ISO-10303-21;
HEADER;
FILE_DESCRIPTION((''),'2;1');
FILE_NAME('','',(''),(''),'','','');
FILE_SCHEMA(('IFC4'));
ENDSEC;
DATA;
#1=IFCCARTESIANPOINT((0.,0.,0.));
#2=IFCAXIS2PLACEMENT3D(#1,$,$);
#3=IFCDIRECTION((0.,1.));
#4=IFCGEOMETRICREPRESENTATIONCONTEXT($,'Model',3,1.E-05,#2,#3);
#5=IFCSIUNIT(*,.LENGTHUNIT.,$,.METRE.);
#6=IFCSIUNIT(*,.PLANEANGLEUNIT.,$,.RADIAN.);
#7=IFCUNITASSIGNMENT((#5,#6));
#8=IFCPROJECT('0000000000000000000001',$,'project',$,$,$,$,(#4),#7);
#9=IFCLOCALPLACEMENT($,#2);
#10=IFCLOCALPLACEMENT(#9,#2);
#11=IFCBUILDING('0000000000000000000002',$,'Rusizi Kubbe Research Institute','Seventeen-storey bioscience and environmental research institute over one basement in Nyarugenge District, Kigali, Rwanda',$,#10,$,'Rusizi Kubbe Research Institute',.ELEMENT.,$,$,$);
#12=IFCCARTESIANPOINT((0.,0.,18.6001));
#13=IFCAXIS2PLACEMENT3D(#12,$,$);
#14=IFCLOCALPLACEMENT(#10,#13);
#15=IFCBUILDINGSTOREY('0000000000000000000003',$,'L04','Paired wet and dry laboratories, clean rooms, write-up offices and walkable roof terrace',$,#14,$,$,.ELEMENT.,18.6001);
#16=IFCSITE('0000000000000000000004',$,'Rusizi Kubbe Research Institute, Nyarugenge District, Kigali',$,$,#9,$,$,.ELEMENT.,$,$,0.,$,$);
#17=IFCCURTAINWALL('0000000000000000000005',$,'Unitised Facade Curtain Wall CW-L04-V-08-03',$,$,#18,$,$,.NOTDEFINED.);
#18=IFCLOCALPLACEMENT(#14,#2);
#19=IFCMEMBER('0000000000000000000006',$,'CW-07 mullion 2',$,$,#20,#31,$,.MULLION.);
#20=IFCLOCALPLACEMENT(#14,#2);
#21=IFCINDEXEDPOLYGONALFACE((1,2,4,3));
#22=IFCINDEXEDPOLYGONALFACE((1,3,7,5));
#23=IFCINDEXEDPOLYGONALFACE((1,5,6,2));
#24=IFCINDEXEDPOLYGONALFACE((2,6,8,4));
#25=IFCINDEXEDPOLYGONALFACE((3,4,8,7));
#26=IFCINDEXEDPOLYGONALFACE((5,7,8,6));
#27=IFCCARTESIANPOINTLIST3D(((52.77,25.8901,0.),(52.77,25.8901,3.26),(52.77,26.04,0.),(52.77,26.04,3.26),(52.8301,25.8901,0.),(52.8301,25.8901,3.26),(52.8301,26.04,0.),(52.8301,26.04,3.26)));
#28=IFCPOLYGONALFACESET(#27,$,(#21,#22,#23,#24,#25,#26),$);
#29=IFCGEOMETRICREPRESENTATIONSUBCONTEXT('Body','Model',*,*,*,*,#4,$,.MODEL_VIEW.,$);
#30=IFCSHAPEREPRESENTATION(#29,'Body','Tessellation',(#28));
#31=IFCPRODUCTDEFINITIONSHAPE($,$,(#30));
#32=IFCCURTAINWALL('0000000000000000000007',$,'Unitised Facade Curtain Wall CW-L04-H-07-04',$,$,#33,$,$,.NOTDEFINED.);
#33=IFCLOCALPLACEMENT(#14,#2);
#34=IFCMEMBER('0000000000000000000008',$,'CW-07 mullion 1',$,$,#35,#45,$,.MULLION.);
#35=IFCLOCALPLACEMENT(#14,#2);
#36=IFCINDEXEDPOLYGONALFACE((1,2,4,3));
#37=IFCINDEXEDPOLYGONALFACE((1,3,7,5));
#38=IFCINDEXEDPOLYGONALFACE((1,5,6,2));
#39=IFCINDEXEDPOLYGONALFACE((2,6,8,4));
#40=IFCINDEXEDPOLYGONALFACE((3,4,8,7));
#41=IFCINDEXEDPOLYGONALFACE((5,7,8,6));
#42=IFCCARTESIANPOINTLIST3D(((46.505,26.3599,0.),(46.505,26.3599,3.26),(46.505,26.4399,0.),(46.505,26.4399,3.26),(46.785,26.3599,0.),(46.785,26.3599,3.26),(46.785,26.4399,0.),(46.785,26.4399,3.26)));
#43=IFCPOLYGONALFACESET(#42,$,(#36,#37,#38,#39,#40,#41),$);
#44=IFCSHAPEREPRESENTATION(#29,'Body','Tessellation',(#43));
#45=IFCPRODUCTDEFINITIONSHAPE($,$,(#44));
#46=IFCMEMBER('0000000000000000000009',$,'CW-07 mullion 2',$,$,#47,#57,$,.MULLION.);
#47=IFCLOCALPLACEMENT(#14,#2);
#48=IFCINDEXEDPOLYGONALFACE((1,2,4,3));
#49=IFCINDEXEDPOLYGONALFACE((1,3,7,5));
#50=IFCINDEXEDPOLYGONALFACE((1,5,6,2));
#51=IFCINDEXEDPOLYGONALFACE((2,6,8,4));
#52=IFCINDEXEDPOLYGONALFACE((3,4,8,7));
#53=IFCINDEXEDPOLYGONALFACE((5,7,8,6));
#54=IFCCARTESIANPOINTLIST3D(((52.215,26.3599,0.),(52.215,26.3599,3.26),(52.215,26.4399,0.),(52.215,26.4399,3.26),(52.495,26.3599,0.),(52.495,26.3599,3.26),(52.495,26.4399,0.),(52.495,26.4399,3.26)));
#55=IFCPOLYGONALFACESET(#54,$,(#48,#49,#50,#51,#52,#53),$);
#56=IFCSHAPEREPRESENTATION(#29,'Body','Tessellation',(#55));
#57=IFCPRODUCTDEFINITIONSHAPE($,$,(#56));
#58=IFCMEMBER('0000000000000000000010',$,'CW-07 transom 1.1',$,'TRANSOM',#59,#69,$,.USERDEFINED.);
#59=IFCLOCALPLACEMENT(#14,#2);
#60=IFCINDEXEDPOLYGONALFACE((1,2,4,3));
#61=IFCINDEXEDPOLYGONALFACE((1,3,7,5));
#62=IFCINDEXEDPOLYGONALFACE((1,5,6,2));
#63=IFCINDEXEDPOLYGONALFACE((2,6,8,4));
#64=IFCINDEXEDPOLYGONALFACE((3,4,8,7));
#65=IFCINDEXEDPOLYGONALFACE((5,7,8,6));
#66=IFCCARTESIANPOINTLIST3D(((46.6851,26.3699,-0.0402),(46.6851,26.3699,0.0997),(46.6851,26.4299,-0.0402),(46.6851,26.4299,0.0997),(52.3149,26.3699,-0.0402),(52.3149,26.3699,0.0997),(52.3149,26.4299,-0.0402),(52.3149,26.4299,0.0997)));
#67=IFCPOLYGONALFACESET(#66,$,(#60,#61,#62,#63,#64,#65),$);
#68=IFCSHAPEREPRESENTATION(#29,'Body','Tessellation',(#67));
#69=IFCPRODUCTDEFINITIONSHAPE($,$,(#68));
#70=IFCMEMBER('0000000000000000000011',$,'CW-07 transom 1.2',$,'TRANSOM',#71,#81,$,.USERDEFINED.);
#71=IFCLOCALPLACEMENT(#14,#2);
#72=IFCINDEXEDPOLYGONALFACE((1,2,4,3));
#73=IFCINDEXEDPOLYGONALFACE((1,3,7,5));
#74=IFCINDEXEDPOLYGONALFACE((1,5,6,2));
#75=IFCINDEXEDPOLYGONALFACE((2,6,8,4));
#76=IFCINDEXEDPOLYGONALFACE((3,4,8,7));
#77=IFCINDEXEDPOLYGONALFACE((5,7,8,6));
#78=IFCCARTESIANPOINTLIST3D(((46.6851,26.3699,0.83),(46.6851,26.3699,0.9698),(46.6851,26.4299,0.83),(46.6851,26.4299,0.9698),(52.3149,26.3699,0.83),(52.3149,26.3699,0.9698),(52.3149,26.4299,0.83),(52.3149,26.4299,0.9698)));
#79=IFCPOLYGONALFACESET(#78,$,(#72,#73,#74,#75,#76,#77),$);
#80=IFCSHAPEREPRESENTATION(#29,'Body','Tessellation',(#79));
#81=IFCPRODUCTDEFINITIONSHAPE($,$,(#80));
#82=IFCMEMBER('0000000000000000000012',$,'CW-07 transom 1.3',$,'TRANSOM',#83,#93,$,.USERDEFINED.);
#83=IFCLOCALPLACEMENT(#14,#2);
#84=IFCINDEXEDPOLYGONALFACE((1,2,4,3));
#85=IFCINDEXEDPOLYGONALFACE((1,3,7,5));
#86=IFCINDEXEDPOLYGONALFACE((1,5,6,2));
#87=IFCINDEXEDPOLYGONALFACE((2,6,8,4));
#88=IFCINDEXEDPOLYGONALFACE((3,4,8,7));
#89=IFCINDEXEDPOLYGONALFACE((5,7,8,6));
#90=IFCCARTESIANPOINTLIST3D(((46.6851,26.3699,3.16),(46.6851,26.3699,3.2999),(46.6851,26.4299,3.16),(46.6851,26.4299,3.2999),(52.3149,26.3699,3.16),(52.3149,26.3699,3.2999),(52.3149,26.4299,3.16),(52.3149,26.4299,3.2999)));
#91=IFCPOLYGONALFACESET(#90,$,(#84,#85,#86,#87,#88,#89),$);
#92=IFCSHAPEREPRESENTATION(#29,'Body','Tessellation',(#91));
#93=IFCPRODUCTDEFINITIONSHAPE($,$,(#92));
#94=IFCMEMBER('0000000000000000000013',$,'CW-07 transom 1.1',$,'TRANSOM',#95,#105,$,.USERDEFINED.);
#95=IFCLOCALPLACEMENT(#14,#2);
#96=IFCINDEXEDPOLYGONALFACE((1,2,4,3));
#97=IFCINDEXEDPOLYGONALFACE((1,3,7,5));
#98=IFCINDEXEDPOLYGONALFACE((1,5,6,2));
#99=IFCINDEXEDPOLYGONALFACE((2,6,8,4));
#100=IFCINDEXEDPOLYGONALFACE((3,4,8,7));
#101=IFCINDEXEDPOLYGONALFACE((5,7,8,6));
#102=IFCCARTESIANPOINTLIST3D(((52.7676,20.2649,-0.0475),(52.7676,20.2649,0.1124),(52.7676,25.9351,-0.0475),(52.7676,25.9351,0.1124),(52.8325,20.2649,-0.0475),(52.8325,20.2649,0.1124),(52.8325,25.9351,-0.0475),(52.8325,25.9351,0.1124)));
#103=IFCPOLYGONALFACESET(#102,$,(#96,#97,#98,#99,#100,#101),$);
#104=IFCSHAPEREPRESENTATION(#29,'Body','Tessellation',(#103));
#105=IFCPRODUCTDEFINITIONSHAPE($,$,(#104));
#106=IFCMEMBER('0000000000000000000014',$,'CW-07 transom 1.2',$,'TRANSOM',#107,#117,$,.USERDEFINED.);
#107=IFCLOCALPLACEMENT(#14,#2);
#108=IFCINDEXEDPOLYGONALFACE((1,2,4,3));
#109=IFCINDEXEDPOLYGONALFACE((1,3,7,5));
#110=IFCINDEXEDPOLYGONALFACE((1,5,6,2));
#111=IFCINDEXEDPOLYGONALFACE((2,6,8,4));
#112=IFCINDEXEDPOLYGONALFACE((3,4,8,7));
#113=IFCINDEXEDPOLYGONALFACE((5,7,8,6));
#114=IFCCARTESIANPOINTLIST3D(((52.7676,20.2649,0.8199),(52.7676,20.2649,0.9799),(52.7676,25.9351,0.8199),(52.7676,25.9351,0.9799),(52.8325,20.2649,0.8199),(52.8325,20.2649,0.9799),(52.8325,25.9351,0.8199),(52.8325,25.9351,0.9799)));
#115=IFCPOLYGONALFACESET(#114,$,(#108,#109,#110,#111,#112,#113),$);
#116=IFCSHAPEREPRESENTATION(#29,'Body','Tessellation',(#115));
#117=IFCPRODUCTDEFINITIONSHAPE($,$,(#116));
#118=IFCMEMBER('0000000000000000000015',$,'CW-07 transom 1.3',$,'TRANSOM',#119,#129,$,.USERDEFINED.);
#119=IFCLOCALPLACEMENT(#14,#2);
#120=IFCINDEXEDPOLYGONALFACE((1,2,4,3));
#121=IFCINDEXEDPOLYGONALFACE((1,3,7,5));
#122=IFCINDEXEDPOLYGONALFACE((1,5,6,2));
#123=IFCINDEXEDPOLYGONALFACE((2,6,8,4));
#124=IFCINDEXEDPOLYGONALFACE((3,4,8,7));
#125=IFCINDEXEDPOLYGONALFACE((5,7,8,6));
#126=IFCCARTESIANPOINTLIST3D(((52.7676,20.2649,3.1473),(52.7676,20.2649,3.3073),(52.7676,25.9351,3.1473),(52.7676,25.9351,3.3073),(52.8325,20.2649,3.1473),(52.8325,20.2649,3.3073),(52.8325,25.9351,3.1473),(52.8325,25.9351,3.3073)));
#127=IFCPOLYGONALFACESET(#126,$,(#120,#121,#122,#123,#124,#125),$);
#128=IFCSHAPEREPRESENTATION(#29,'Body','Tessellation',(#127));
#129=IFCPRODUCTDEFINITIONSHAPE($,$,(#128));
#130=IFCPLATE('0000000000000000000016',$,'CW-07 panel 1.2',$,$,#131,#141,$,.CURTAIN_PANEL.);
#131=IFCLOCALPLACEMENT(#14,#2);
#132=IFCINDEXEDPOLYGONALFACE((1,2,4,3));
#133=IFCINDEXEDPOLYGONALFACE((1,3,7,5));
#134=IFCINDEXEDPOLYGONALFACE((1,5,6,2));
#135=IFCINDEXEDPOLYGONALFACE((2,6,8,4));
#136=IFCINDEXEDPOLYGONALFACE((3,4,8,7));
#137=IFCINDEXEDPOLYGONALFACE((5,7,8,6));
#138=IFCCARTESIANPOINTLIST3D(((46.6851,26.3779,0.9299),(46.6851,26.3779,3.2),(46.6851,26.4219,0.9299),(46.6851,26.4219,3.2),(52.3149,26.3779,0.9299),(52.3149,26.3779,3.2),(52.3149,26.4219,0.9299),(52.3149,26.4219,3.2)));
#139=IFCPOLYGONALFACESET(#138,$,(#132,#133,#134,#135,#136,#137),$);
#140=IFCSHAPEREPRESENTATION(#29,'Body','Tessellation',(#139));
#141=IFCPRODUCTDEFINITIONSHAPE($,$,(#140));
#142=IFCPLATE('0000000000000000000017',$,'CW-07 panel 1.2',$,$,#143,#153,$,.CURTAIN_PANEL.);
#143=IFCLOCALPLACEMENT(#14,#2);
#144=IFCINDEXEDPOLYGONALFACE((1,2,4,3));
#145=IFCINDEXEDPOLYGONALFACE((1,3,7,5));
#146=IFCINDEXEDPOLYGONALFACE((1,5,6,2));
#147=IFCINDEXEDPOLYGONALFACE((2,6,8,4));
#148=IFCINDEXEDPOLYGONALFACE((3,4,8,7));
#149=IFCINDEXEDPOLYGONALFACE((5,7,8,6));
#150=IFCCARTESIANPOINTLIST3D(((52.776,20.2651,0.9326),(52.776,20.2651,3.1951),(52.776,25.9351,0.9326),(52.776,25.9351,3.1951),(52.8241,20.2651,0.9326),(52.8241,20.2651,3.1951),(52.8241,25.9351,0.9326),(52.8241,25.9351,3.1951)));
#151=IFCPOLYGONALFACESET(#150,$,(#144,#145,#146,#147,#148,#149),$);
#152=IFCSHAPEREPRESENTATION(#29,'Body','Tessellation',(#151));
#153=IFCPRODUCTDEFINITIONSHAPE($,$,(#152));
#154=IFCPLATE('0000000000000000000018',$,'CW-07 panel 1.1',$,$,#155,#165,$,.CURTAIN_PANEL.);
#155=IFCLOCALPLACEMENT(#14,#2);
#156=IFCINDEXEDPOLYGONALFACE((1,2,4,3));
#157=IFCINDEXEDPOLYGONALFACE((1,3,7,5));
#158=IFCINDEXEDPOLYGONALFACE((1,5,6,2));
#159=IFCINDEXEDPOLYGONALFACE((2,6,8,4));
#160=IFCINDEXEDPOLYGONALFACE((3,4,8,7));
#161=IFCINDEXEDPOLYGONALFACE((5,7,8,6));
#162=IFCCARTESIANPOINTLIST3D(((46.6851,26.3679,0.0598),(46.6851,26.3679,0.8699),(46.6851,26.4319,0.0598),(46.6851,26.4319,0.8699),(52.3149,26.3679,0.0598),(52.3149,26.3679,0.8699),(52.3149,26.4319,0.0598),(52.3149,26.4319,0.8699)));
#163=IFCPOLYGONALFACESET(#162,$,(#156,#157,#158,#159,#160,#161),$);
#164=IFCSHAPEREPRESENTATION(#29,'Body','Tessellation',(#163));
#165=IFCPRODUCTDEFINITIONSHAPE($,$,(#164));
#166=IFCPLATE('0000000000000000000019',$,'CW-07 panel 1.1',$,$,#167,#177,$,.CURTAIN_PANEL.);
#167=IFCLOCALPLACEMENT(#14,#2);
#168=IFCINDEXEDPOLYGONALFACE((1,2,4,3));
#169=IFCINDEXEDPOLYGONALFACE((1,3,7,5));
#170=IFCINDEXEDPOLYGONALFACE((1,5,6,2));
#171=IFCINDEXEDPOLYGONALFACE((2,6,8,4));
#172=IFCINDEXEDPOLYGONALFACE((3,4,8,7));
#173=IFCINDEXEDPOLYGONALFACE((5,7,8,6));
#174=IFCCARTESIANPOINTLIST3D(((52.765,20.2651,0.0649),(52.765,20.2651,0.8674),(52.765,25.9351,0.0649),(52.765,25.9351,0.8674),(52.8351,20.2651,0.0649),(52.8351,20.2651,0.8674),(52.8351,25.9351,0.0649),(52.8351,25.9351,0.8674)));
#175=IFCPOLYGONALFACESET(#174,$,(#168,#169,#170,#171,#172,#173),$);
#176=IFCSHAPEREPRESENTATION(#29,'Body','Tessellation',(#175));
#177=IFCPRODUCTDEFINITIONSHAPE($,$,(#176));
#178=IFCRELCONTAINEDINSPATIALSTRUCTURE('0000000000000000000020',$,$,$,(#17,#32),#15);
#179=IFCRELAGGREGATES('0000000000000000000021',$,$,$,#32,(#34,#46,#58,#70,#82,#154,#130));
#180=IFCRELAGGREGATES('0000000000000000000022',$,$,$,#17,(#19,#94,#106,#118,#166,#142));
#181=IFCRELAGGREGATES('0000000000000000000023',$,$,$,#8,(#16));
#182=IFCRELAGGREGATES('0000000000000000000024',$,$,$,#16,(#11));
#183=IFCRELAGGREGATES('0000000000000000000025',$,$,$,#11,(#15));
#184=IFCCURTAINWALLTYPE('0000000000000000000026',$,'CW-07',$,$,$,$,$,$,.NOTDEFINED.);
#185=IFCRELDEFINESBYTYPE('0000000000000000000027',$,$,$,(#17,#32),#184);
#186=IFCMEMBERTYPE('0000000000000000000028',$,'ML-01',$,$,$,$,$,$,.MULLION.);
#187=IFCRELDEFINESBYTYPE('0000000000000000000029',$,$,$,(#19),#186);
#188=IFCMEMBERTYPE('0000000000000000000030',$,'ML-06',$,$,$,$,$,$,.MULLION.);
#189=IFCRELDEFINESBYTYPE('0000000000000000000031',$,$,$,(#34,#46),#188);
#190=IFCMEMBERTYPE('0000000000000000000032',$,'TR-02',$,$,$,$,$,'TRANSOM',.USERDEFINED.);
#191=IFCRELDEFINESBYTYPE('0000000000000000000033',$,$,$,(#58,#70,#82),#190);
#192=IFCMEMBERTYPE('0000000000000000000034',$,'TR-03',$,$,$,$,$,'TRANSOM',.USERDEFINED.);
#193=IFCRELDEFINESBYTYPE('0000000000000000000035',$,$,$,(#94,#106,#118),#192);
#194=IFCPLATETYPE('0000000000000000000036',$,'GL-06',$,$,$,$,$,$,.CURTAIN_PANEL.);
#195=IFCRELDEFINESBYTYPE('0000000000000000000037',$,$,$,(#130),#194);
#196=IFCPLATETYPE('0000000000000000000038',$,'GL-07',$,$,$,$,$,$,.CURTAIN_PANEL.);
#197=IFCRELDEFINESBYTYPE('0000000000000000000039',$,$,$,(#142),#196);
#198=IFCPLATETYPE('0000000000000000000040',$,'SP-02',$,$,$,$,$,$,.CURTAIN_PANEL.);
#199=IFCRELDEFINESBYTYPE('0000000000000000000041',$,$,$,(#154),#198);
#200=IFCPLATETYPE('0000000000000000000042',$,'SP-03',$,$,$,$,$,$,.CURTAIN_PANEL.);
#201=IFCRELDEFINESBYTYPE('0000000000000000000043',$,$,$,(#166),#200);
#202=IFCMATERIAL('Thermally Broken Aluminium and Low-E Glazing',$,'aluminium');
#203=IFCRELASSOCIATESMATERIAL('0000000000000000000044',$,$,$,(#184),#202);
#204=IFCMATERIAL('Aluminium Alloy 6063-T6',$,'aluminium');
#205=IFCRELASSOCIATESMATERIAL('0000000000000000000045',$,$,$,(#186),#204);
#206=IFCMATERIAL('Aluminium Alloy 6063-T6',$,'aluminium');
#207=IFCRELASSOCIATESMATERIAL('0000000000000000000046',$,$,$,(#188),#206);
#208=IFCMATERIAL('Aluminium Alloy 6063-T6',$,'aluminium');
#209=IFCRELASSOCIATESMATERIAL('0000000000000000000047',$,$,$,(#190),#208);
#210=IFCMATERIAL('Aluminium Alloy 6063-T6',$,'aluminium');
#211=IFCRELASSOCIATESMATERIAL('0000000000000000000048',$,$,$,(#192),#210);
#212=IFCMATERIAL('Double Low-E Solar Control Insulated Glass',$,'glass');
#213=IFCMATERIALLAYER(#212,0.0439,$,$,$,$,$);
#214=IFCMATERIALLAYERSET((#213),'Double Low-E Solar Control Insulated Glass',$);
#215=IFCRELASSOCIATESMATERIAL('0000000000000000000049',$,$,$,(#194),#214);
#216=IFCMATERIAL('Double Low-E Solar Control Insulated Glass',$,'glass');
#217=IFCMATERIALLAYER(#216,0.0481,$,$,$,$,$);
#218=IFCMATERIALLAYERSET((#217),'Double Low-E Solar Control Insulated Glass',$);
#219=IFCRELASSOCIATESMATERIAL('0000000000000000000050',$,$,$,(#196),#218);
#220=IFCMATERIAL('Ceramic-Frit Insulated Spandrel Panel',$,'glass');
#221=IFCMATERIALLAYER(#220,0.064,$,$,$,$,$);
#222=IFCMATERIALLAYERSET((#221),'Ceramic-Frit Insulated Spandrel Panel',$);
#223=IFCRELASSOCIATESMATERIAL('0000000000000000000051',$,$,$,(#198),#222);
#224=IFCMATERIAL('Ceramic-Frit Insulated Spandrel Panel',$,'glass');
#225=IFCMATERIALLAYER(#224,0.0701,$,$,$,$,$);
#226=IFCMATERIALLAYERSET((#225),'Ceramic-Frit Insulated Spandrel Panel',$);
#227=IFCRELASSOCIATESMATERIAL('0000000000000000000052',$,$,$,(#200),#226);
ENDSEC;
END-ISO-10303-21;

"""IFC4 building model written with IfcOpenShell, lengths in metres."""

from ifc_helpers import new_model, si_unit, direction, frame, origin, origin_2d, place, context, subcontext, project, spatial, rectangle, extrude, material, layer, layer_set, material_profile, profile_set, type_object, element, aggregate, save


model = new_model("IFC4")

# Units and contexts
model_context = context("Model", 3, precision=1e-05, world=origin(), true_north=direction((0.0, 1.0)))
body_context = subcontext(model_context, "Body", "Model", "MODEL_VIEW")
ifc_project = project(units=[si_unit("LENGTHUNIT", "METRE"), si_unit("PLANEANGLEUNIT", "RADIAN")], contexts=[model_context])

# Site, building, storey
site_placement = place(None, origin())
site = spatial("IfcSite", under=ifc_project, at=site_placement, Name="Rusizi Kubbe Research Institute, Nyarugenge District, Kigali", CompositionType="ELEMENT", RefElevation=0.0)
building_placement = place(site_placement, origin())
building = spatial("IfcBuilding", under=site, at=building_placement, Name="Rusizi Kubbe Research Institute", Description="Seventeen-storey bioscience and environmental research institute over one basement in Nyarugenge District, Kigali, Rwanda", LongName="Rusizi Kubbe Research Institute", CompositionType="ELEMENT")
storey_placement = place(building_placement, frame((0.0, 0.0, 18.6001)))
storey = spatial("IfcBuildingStorey", under=building, at=storey_placement, Name="L04", Description="Paired wet and dry laboratories, clean rooms, write-up offices and walkable roof terrace", CompositionType="ELEMENT", Elevation=18.6001)

# Curtain walls, members
ifc_material_1 = material(Name="Thermally Broken Aluminium and Low-E Glazing", Category="aluminium")
curtain_wall_type = type_object("IfcCurtainWallType", Name="CW-07", PredefinedType="NOTDEFINED", material=ifc_material_1)
curtain_wall_1_placement = place(storey_placement, origin())
curtain_wall_1 = element("IfcCurtainWall", 1, at=curtain_wall_1_placement, inside=storey, type_object=curtain_wall_type, Name="Unitised Facade Curtain Wall CW-L04-V-08-03", PredefinedType="NOTDEFINED")
ifc_material_2 = material(Name="Aluminium Alloy 6063-T6", Category="aluminium")
ifc_material_profile_1 = material_profile(ifc_material_2, rectangle(XDim=0.0601, YDim=0.1499, at=origin_2d()), Name="ALU-M 60x150")
ifc_profile_set_1 = profile_set([ifc_material_profile_1], Name="Aluminium Alloy 6063-T6")
member_type_1 = type_object("IfcMemberType", Name="ML-01", PredefinedType="MULLION", material=ifc_profile_set_1)
member_1_placement = place(storey_placement, frame((52.8, 25.9651, 0.0), z_axis=(0.0, 0.0, 1.0), x_axis=(-1.0, 0.0, 0.0)))
member_1 = element("IfcMember", 2, at=member_1_placement, type_object=member_type_1, Name="CW-07 mullion 2", PredefinedType="MULLION", context=body_context, shape_type="SweptSolid", body=[
    extrude(rectangle(XDim=0.0601, YDim=0.1499, at=origin_2d()), origin(), (0.0, 0.0, 1.0), 3.26),
])
curtain_wall_2_placement = place(storey_placement, origin())
curtain_wall_2 = element("IfcCurtainWall", 3, at=curtain_wall_2_placement, inside=storey, type_object=curtain_wall_type, Name="Unitised Facade Curtain Wall CW-L04-H-07-04", PredefinedType="NOTDEFINED")
ifc_material_3 = material(Name="Aluminium Alloy 6063-T6", Category="aluminium")
ifc_material_profile_2 = material_profile(ifc_material_3, rectangle(XDim=0.0801, YDim=0.28, at=origin_2d()), Name="ALU-M 80x280")
ifc_profile_set_2 = profile_set([ifc_material_profile_2], Name="Aluminium Alloy 6063-T6")
member_type_2 = type_object("IfcMemberType", Name="ML-06", PredefinedType="MULLION", material=ifc_profile_set_2)
member_2_placement = place(storey_placement, frame((46.645, 26.3999, 0.0), z_axis=(0.0, 0.0, 1.0), x_axis=(0.0, 1.0, 0.0)))
member_2 = element("IfcMember", 4, at=member_2_placement, type_object=member_type_2, Name="CW-07 mullion 1", PredefinedType="MULLION", context=body_context, shape_type="SweptSolid", body=[
    extrude(rectangle(XDim=0.0801, YDim=0.28, at=origin_2d()), origin(), (0.0, 0.0, 1.0), 3.26),
])
member_3_placement = place(storey_placement, frame((52.355, 26.3999, 0.0), z_axis=(0.0, 0.0, 1.0), x_axis=(0.0, 1.0, 0.0)))
member_3 = element("IfcMember", 5, at=member_3_placement, type_object=member_type_2, Name="CW-07 mullion 2", PredefinedType="MULLION", context=body_context, shape_type="SweptSolid", body=[
    extrude(rectangle(XDim=0.0801, YDim=0.28, at=origin_2d()), origin(), (0.0, 0.0, 1.0), 3.26),
])
ifc_material_4 = material(Name="Aluminium Alloy 6063-T6", Category="aluminium")
ifc_material_profile_3 = material_profile(ifc_material_4, rectangle(XDim=0.0601, YDim=0.1399, at=origin_2d()), Name="ALU-T 60x140")
ifc_profile_set_3 = profile_set([ifc_material_profile_3], Name="Aluminium Alloy 6063-T6")
member_type_3 = type_object("IfcMemberType", Name="TR-02", ElementType="TRANSOM", PredefinedType="USERDEFINED", material=ifc_profile_set_3)
member_4_placement = place(storey_placement, frame((46.6851, 26.3999, 0.0298), z_axis=(1.0, 0.0, 0.0), x_axis=(0.0, 1.0, 0.0)))
member_4 = element("IfcMember", 6, at=member_4_placement, type_object=member_type_3, Name="CW-07 transom 1.1", ObjectType="TRANSOM", PredefinedType="USERDEFINED", context=body_context, shape_type="SweptSolid", body=[
    extrude(rectangle(XDim=0.0601, YDim=0.1399, at=origin_2d()), origin(), (0.0, 0.0, 1.0), 5.6299),
])
member_5_placement = place(storey_placement, frame((46.6851, 26.3999, 0.8999), z_axis=(1.0, 0.0, 0.0), x_axis=(0.0, 1.0, 0.0)))
member_5 = element("IfcMember", 7, at=member_5_placement, type_object=member_type_3, Name="CW-07 transom 1.2", ObjectType="TRANSOM", PredefinedType="USERDEFINED", context=body_context, shape_type="SweptSolid", body=[
    extrude(rectangle(XDim=0.0601, YDim=0.1399, at=origin_2d()), origin(), (0.0, 0.0, 1.0), 5.6299),
])
member_6_placement = place(storey_placement, frame((46.6851, 26.3999, 3.23), z_axis=(1.0, 0.0, 0.0), x_axis=(0.0, 1.0, 0.0)))
member_6 = element("IfcMember", 8, at=member_6_placement, type_object=member_type_3, Name="CW-07 transom 1.3", ObjectType="TRANSOM", PredefinedType="USERDEFINED", context=body_context, shape_type="SweptSolid", body=[
    extrude(rectangle(XDim=0.0601, YDim=0.1399, at=origin_2d()), origin(), (0.0, 0.0, 1.0), 5.6299),
])

# Members
ifc_material_5 = material(Name="Aluminium Alloy 6063-T6", Category="aluminium")
ifc_material_profile_4 = material_profile(ifc_material_5, rectangle(XDim=0.0649, YDim=0.1599, at=origin_2d()), Name="ALU-T 65x160")
ifc_profile_set_4 = profile_set([ifc_material_profile_4], Name="Aluminium Alloy 6063-T6")
member_type_4 = type_object("IfcMemberType", Name="TR-03", ElementType="TRANSOM", PredefinedType="USERDEFINED", material=ifc_profile_set_4)
member_7_placement = place(storey_placement, frame((52.8, 20.2649, 0.0325), z_axis=(0.0, 1.0, 0.0), x_axis=(-1.0, 0.0, 0.0)))
member_7 = element("IfcMember", 9, at=member_7_placement, type_object=member_type_4, Name="CW-07 transom 1.1", ObjectType="TRANSOM", PredefinedType="USERDEFINED", context=body_context, shape_type="SweptSolid", body=[
    extrude(rectangle(XDim=0.0649, YDim=0.1599, at=origin_2d()), origin(), (0.0, 0.0, 1.0), 5.6702),
])
member_8_placement = place(storey_placement, frame((52.8, 20.2649, 0.8999), z_axis=(0.0, 1.0, 0.0), x_axis=(-1.0, 0.0, 0.0)))
member_8 = element("IfcMember", 10, at=member_8_placement, type_object=member_type_4, Name="CW-07 transom 1.2", ObjectType="TRANSOM", PredefinedType="USERDEFINED", context=body_context, shape_type="SweptSolid", body=[
    extrude(rectangle(XDim=0.0649, YDim=0.1599, at=origin_2d()), origin(), (0.0, 0.0, 1.0), 5.6702),
])
member_9_placement = place(storey_placement, frame((52.8, 20.2649, 3.2273), z_axis=(0.0, 1.0, 0.0), x_axis=(-1.0, 0.0, 0.0)))
member_9 = element("IfcMember", 11, at=member_9_placement, type_object=member_type_4, Name="CW-07 transom 1.3", ObjectType="TRANSOM", PredefinedType="USERDEFINED", context=body_context, shape_type="SweptSolid", body=[
    extrude(rectangle(XDim=0.0649, YDim=0.1599, at=origin_2d()), origin(), (0.0, 0.0, 1.0), 5.6702),
])

# Plates
ifc_material_6 = material(Name="Double Low-E Solar Control Insulated Glass", Category="glass")
ifc_layer_1 = layer(ifc_material_6, 0.0439)
ifc_layer_set_1 = layer_set([ifc_layer_1], Name="Double Low-E Solar Control Insulated Glass")
plate_type_1 = type_object("IfcPlateType", Name="GL-06", PredefinedType="CURTAIN_PANEL", material=ifc_layer_set_1)
plate_1_placement = place(storey_placement, frame((49.5, 26.3999, 0.9299), z_axis=(0.0, 0.0, 1.0), x_axis=(1.0, 0.0, 0.0)))
plate_1 = element("IfcPlate", 12, at=plate_1_placement, type_object=plate_type_1, Name="CW-07 panel 1.2", PredefinedType="CURTAIN_PANEL", context=body_context, shape_type="SweptSolid", body=[
    extrude(rectangle(XDim=5.6299, YDim=0.0439, at=origin_2d()), origin(), (0.0, 0.0, 1.0), 2.27),
])
ifc_material_7 = material(Name="Double Low-E Solar Control Insulated Glass", Category="glass")
ifc_layer_2 = layer(ifc_material_7, 0.0481)
ifc_layer_set_2 = layer_set([ifc_layer_2], Name="Double Low-E Solar Control Insulated Glass")
plate_type_2 = type_object("IfcPlateType", Name="GL-07", PredefinedType="CURTAIN_PANEL", material=ifc_layer_set_2)
plate_2_placement = place(storey_placement, frame((52.8, 23.1001, 0.9326), z_axis=(0.0, 0.0, 1.0), x_axis=(0.0, 1.0, 0.0)))
plate_2 = element("IfcPlate", 13, at=plate_2_placement, type_object=plate_type_2, Name="CW-07 panel 1.2", PredefinedType="CURTAIN_PANEL", context=body_context, shape_type="SweptSolid", body=[
    extrude(rectangle(XDim=5.6699, YDim=0.0481, at=origin_2d()), origin(), (0.0, 0.0, 1.0), 2.2625),
])
ifc_material_8 = material(Name="Ceramic-Frit Insulated Spandrel Panel", Category="glass")
ifc_layer_3 = layer(ifc_material_8, 0.064)
ifc_layer_set_3 = layer_set([ifc_layer_3], Name="Ceramic-Frit Insulated Spandrel Panel")
plate_type_3 = type_object("IfcPlateType", Name="SP-02", PredefinedType="CURTAIN_PANEL", material=ifc_layer_set_3)
plate_3_placement = place(storey_placement, frame((49.5, 26.3999, 0.0598), z_axis=(0.0, 0.0, 1.0), x_axis=(1.0, 0.0, 0.0)))
plate_3 = element("IfcPlate", 14, at=plate_3_placement, type_object=plate_type_3, Name="CW-07 panel 1.1", PredefinedType="CURTAIN_PANEL", context=body_context, shape_type="SweptSolid", body=[
    extrude(rectangle(XDim=5.6299, YDim=0.064, at=origin_2d()), origin(), (0.0, 0.0, 1.0), 0.8101),
])
aggregate(curtain_wall_2, [member_2, member_3, member_4, member_5, member_6, plate_3, plate_1])
ifc_material_9 = material(Name="Ceramic-Frit Insulated Spandrel Panel", Category="glass")
ifc_layer_4 = layer(ifc_material_9, 0.0701)
ifc_layer_set_4 = layer_set([ifc_layer_4], Name="Ceramic-Frit Insulated Spandrel Panel")
plate_type_4 = type_object("IfcPlateType", Name="SP-03", PredefinedType="CURTAIN_PANEL", material=ifc_layer_set_4)
plate_4_placement = place(storey_placement, frame((52.8, 23.1001, 0.0649), z_axis=(0.0, 0.0, 1.0), x_axis=(0.0, 1.0, 0.0)))
plate_4 = element("IfcPlate", 15, at=plate_4_placement, type_object=plate_type_4, Name="CW-07 panel 1.1", PredefinedType="CURTAIN_PANEL", context=body_context, shape_type="SweptSolid", body=[
    extrude(rectangle(XDim=5.6699, YDim=0.0701, at=origin_2d()), origin(), (0.0, 0.0, 1.0), 0.8025),
])
aggregate(curtain_wall_1, [member_1, member_7, member_8, member_9, plate_4, plate_2])

save(model, "model.ifc")
